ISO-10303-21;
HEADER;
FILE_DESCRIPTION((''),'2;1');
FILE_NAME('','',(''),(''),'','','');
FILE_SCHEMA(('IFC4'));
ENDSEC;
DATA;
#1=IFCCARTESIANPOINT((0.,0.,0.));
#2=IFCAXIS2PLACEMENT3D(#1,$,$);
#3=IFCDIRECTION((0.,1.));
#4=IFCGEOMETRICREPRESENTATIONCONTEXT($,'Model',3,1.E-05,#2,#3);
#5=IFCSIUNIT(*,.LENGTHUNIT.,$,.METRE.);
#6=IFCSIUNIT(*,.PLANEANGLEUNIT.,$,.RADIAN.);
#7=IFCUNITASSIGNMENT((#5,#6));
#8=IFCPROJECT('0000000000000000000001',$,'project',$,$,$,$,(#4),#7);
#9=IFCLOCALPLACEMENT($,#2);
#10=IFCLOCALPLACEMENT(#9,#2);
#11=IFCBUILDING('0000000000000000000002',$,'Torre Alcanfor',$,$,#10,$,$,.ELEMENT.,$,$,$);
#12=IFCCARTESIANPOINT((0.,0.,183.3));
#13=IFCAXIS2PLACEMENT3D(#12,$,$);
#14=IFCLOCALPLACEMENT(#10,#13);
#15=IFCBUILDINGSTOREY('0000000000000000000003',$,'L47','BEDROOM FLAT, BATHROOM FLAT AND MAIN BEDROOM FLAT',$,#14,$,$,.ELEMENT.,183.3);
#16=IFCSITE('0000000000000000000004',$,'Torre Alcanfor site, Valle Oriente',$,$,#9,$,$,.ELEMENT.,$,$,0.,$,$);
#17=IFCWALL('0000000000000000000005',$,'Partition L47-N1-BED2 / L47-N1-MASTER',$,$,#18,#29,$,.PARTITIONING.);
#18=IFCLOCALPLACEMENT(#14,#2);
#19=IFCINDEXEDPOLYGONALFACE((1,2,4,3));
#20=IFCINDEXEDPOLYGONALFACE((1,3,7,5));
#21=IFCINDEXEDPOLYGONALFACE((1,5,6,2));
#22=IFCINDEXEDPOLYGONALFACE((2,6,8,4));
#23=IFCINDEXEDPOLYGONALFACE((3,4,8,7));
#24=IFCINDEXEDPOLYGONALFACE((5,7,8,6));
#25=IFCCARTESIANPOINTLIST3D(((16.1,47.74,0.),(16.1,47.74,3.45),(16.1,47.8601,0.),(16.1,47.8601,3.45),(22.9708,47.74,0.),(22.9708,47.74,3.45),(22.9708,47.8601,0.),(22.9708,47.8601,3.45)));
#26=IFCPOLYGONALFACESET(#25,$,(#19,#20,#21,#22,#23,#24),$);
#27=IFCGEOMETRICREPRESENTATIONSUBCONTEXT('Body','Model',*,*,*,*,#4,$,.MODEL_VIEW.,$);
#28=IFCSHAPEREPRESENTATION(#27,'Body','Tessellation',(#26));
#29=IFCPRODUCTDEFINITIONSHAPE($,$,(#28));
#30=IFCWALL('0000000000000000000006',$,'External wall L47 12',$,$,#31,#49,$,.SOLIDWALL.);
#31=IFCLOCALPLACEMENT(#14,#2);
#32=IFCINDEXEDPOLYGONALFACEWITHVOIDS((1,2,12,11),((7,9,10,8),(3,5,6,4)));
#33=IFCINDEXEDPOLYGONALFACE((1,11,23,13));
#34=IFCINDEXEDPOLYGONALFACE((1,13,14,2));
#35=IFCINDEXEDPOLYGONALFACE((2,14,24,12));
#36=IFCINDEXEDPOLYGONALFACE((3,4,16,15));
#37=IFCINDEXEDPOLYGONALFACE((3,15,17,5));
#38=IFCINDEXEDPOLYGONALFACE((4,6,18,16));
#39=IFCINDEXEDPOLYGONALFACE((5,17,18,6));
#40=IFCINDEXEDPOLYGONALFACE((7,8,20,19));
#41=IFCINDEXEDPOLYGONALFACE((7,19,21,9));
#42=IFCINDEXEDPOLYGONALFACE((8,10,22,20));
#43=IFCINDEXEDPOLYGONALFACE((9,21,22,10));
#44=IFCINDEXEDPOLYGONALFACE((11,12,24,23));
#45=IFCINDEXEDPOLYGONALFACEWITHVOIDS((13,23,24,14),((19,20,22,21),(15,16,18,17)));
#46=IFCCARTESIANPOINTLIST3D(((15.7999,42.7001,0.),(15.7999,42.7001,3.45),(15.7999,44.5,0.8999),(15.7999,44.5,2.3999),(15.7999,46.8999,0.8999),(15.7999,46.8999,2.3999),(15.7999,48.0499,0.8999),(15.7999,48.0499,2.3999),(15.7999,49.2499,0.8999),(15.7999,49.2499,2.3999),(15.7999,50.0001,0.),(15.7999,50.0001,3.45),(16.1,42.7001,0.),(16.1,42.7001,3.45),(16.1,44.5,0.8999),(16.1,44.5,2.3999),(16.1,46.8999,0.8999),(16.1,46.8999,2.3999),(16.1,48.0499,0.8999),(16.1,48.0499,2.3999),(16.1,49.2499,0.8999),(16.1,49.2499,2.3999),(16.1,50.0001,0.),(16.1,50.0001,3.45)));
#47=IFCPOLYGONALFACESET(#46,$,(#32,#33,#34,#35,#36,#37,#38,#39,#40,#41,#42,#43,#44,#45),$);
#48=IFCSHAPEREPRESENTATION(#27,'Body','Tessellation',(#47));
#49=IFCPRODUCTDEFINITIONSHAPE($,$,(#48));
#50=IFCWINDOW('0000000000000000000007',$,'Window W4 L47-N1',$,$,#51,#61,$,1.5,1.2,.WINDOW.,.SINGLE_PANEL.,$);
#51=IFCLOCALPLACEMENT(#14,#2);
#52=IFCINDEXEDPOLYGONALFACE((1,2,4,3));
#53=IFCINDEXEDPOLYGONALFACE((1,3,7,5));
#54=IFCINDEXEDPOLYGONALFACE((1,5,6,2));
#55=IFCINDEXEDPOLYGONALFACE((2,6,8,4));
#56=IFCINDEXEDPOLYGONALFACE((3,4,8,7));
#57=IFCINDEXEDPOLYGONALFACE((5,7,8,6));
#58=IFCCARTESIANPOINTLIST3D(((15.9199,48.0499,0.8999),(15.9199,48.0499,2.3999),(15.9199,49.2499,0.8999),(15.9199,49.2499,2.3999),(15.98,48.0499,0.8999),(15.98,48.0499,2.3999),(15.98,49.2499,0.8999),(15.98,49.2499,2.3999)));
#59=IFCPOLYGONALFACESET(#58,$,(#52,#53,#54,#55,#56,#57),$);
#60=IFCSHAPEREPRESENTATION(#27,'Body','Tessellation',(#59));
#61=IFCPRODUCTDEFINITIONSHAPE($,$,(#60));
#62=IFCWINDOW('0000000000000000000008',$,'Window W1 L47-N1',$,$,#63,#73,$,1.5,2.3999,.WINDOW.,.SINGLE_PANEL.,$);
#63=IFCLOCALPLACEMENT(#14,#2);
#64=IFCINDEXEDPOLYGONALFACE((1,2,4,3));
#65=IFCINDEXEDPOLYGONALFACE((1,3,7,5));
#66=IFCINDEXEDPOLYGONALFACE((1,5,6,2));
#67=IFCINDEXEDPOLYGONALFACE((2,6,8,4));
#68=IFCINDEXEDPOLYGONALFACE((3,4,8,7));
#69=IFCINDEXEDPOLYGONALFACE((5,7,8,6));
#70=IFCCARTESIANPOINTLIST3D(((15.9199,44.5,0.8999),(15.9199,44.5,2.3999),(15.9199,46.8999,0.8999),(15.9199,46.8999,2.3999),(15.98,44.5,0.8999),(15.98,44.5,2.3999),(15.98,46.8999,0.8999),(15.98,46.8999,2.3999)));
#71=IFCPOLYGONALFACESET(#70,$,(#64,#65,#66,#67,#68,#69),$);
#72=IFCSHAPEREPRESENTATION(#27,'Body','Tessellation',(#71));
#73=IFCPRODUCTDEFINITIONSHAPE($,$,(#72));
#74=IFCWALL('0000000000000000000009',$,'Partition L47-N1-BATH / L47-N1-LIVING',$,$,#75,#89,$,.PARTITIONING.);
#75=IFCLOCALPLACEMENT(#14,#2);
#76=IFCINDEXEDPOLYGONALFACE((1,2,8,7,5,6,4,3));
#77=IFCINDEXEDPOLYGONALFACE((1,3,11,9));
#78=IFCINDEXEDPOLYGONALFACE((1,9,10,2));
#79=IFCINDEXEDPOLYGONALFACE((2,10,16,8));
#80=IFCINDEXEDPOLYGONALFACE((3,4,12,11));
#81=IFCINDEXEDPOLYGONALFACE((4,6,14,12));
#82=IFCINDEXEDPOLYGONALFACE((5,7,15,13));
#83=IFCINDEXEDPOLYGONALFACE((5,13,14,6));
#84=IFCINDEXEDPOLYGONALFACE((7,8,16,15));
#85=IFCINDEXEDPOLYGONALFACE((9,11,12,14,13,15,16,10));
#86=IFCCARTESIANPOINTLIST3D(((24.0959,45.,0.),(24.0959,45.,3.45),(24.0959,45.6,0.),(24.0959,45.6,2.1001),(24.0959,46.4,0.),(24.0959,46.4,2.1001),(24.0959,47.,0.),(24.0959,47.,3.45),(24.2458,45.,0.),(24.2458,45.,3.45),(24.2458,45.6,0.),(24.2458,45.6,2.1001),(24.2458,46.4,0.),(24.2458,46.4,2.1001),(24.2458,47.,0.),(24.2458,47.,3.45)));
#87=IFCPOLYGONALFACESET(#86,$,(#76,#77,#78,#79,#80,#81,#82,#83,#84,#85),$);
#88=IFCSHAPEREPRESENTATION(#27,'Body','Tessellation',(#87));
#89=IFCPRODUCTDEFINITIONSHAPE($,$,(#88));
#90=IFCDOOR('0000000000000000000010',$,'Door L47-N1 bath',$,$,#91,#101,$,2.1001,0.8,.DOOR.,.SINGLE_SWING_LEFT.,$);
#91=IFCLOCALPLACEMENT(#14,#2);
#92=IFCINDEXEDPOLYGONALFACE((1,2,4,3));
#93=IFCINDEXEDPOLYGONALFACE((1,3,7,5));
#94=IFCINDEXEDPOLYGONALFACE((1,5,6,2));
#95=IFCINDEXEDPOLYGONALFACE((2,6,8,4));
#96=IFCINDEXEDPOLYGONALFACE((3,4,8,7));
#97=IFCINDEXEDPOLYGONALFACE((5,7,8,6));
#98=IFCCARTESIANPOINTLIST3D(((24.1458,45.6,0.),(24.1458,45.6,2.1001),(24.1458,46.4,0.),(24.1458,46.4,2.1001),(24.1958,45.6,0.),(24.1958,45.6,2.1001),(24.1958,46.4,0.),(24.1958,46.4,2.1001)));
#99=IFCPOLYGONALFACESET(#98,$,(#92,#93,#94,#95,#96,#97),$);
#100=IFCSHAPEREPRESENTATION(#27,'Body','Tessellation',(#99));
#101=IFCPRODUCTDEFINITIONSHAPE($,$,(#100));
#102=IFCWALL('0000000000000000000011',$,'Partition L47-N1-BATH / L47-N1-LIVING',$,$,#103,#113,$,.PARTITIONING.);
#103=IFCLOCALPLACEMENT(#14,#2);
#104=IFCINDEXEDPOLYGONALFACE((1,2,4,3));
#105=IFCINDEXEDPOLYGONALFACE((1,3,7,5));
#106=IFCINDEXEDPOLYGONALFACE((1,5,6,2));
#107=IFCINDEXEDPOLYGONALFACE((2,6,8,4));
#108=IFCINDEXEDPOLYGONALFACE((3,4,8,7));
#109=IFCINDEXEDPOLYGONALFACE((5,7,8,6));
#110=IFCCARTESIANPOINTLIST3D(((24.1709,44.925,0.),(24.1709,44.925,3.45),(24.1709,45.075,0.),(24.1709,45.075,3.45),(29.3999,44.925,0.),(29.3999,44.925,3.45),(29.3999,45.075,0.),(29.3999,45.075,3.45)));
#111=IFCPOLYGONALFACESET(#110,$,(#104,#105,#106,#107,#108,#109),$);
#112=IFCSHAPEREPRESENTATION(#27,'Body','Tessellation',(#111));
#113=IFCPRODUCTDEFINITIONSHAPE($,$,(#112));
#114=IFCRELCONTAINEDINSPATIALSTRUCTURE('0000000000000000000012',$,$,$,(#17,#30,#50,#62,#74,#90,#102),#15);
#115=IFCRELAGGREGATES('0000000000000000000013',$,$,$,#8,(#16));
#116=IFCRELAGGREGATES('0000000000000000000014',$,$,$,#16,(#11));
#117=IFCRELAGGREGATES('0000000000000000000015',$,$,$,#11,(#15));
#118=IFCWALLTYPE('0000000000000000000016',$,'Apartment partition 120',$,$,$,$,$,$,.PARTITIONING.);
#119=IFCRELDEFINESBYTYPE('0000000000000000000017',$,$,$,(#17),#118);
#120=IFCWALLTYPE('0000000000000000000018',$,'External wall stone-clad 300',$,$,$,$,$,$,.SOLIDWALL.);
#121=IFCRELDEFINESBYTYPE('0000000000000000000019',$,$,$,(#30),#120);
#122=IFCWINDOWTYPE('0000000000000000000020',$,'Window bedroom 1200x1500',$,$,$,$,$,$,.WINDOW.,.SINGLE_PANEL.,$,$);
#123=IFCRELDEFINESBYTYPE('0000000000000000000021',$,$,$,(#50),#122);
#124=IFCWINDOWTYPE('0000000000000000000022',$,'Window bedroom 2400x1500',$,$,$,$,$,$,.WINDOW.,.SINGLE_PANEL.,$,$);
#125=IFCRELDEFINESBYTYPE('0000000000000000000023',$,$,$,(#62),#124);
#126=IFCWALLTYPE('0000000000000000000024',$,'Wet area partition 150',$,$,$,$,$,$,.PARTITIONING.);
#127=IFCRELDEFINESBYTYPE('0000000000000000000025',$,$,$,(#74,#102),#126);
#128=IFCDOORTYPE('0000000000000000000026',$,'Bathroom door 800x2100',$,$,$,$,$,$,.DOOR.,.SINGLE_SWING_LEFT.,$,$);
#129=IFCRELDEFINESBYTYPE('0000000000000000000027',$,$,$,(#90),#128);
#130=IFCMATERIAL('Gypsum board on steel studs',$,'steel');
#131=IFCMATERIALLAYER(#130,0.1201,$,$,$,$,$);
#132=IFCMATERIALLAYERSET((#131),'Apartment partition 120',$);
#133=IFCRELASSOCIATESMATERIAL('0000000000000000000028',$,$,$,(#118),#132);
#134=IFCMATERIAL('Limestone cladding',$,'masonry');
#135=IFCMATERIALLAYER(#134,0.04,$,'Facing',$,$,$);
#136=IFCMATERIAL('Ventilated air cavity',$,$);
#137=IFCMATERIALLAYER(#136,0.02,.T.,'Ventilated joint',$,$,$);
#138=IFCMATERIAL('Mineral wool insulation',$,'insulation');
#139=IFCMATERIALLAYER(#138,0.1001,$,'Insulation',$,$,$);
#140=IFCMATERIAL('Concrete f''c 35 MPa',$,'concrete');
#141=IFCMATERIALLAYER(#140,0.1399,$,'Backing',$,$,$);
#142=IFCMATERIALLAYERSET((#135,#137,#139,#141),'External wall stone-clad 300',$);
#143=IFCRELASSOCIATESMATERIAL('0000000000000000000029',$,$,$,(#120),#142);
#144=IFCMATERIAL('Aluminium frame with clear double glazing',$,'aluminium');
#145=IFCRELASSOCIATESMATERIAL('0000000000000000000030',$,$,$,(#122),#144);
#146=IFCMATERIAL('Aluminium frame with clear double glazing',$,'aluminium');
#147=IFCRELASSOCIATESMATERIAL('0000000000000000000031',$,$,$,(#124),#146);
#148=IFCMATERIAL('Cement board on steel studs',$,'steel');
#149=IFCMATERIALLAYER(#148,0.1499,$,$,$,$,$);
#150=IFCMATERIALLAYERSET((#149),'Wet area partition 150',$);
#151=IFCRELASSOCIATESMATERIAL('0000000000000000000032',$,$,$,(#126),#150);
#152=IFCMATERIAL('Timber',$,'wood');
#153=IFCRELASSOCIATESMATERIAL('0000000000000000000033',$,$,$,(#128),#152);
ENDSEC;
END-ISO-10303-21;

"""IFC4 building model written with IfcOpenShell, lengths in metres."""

from ifc_helpers import new_model, si_unit, direction, frame, frame_2d, origin, place, context, subcontext, project, spatial, rectangle, extrude, material, layer, layer_set, type_object, element, fill, save


model = new_model("IFC4")

# Units and contexts
model_context = context("Model", 3, precision=1e-05, world=origin(), true_north=direction((0.0, 1.0)))
body_context = subcontext(model_context, "Body", "Model", "MODEL_VIEW")
ifc_project = project(units=[si_unit("LENGTHUNIT", "METRE"), si_unit("PLANEANGLEUNIT", "RADIAN")], contexts=[model_context])

# Site, building, storey
site_placement = place(None, origin())
site = spatial("IfcSite", under=ifc_project, at=site_placement, Name="Torre Alcanfor site, Valle Oriente", CompositionType="ELEMENT", RefElevation=0.0)
building_placement = place(site_placement, origin())
building = spatial("IfcBuilding", under=site, at=building_placement, Name="Torre Alcanfor", CompositionType="ELEMENT")
storey_placement = place(building_placement, frame((0.0, 0.0, 183.3)))
storey = spatial("IfcBuildingStorey", under=building, at=storey_placement, Name="L47", Description="BEDROOM FLAT, BATHROOM FLAT AND MAIN BEDROOM FLAT", CompositionType="ELEMENT", Elevation=183.3)

# Shared definitions
ifc_material_1 = material(Name="Gypsum board on steel studs", Category="steel")
ifc_layer_1 = layer(ifc_material_1, 0.1201)
ifc_layer_set_1 = layer_set([ifc_layer_1], Name="Apartment partition 120")
wall_type_1 = type_object("IfcWallType", Name="Apartment partition 120", PredefinedType="PARTITIONING", material=ifc_layer_set_1)

# Wall
wall_1_placement = place(storey_placement, frame((22.9709, 47.8, 0.0), z_axis=(0.0, 0.0, 1.0), x_axis=(-1.0, 0.0, 0.0)))
element("IfcWall", 1, at=wall_1_placement, inside=storey, type_object=wall_type_1, Name="Partition L47-N1-BED2 / L47-N1-MASTER", PredefinedType="PARTITIONING", context=body_context, shape_type="SweptSolid", body=[
    extrude(rectangle(XDim=6.8708, YDim=0.1201, at=frame_2d((3.4355, 0.0))), origin(), (0.0, 0.0, 1.0), 3.45),
])

# Wall, openings, windows
ifc_material_2 = material(Name="Limestone cladding", Category="masonry")
ifc_layer_2 = layer(ifc_material_2, 0.04, Name="Facing")
ifc_material_3 = material(Name="Ventilated air cavity")
ifc_layer_3 = layer(ifc_material_3, 0.02, ventilated=True, Name="Ventilated joint")
ifc_material_4 = material(Name="Mineral wool insulation", Category="insulation")
ifc_layer_4 = layer(ifc_material_4, 0.1001, Name="Insulation")
ifc_material_5 = material(Name="Concrete f'c 35 MPa", Category="concrete")
ifc_layer_5 = layer(ifc_material_5, 0.1399, Name="Backing")
ifc_layer_set_2 = layer_set([ifc_layer_2, ifc_layer_3, ifc_layer_4, ifc_layer_5], Name="External wall stone-clad 300")
wall_type_2 = type_object("IfcWallType", Name="External wall stone-clad 300", PredefinedType="SOLIDWALL", material=ifc_layer_set_2)
wall_2_placement = place(storey_placement, frame((15.95, 50.0, 0.0), z_axis=(0.0, 0.0, 1.0), x_axis=(0.0, -1.0, 0.0)))
wall_2 = element("IfcWall", 2, at=wall_2_placement, inside=storey, type_object=wall_type_2, Name="External wall L47 12", PredefinedType="SOLIDWALL", context=body_context, shape_type="SweptSolid", body=[
    extrude(rectangle(XDim=7.3, YDim=0.3, at=frame_2d((3.6499, 0.0))), origin(), (0.0, 0.0, 1.0), 3.45),
])
opening_1_placement = place(wall_2_placement, frame((3.1001, 0.0, 0.8999)))
opening_1 = element("IfcOpeningElement", 3, at=opening_1_placement, cuts=wall_2, PredefinedType="OPENING", context=body_context, shape_type="SweptSolid", body=[
    extrude(rectangle(XDim=2.3999, YDim=1.5, at=frame_2d((1.2, 0.75))), frame((0.0, 0.1599, 0.0), z_axis=(0.0, -1.0, 0.0), x_axis=(1.0, 0.0, 0.0)), (0.0, 0.0, 1.0), 0.3201),
])
opening_2_placement = place(wall_2_placement, frame((0.75, 0.0, 0.8999)))
opening_2 = element("IfcOpeningElement", 4, at=opening_2_placement, cuts=wall_2, PredefinedType="OPENING", context=body_context, shape_type="SweptSolid", body=[
    extrude(rectangle(XDim=1.2, YDim=1.5, at=frame_2d((0.6001, 0.75))), frame((0.0, 0.1599, 0.0), z_axis=(0.0, -1.0, 0.0), x_axis=(1.0, 0.0, 0.0)), (0.0, 0.0, 1.0), 0.3201),
])
ifc_material_6 = material(Name="Aluminium frame with clear double glazing", Category="aluminium")
window_type_1 = type_object("IfcWindowType", Name="Window bedroom 1200x1500", PartitioningType="SINGLE_PANEL", PredefinedType="WINDOW", material=ifc_material_6)
window_1_placement = place(opening_2_placement, origin())
window_1 = element("IfcWindow", 5, at=window_1_placement, inside=storey, type_object=window_type_1, Name="Window W4 L47-N1", OverallHeight=1.5, OverallWidth=1.2, PartitioningType="SINGLE_PANEL", PredefinedType="WINDOW", context=body_context, shape_type="SweptSolid", body=[
    extrude(rectangle(XDim=1.2, YDim=1.5, at=frame_2d((0.6001, 0.75))), frame((0.0, 0.03, 0.0), z_axis=(0.0, -1.0, 0.0), x_axis=(1.0, 0.0, 0.0)), (0.0, 0.0, 1.0), 0.0601),
])
fill(opening_2, window_1)
ifc_material_7 = material(Name="Aluminium frame with clear double glazing", Category="aluminium")
window_type_2 = type_object("IfcWindowType", Name="Window bedroom 2400x1500", PartitioningType="SINGLE_PANEL", PredefinedType="WINDOW", material=ifc_material_7)
window_2_placement = place(opening_1_placement, origin())
window_2 = element("IfcWindow", 6, at=window_2_placement, inside=storey, type_object=window_type_2, Name="Window W1 L47-N1", OverallHeight=1.5, OverallWidth=2.3999, PartitioningType="SINGLE_PANEL", PredefinedType="WINDOW", context=body_context, shape_type="SweptSolid", body=[
    extrude(rectangle(XDim=2.3999, YDim=1.5, at=frame_2d((1.2, 0.75))), frame((0.0, 0.03, 0.0), z_axis=(0.0, -1.0, 0.0), x_axis=(1.0, 0.0, 0.0)), (0.0, 0.0, 1.0), 0.0601),
])
fill(opening_1, window_2)

# Wall, opening, door
ifc_material_8 = material(Name="Cement board on steel studs", Category="steel")
ifc_layer_6 = layer(ifc_material_8, 0.1499)
ifc_layer_set_3 = layer_set([ifc_layer_6], Name="Wet area partition 150")
wall_type_3 = type_object("IfcWallType", Name="Wet area partition 150", PredefinedType="PARTITIONING", material=ifc_layer_set_3)
wall_3_placement = place(storey_placement, frame((24.1709, 47.0, 0.0), z_axis=(0.0, 0.0, 1.0), x_axis=(0.0, -1.0, 0.0)))
wall_3 = element("IfcWall", 7, at=wall_3_placement, inside=storey, type_object=wall_type_3, Name="Partition L47-N1-BATH / L47-N1-LIVING", PredefinedType="PARTITIONING", context=body_context, shape_type="SweptSolid", body=[
    extrude(rectangle(XDim=2.0, YDim=0.1499, at=frame_2d((1.0, 0.0))), origin(), (0.0, 0.0, 1.0), 3.45),
])
opening_3_placement = place(wall_3_placement, frame((0.6001, 0.0, 0.0)))
opening_3 = element("IfcOpeningElement", 8, at=opening_3_placement, cuts=wall_3, PredefinedType="OPENING", context=body_context, shape_type="SweptSolid", body=[
    extrude(rectangle(XDim=0.8, YDim=2.1001, at=frame_2d((0.3999, 1.05))), frame((0.0, 0.085, 0.0), z_axis=(0.0, -1.0, 0.0), x_axis=(1.0, 0.0, 0.0)), (0.0, 0.0, 1.0), 0.1699),
])
ifc_material_9 = material(Name="Timber", Category="wood")
door_type_1 = type_object("IfcDoorType", Name="Bathroom door 800x2100", OperationType="SINGLE_SWING_LEFT", PredefinedType="DOOR", material=ifc_material_9)
door_1_placement = place(opening_3_placement, origin())
door_1 = element("IfcDoor", 9, at=door_1_placement, inside=storey, type_object=door_type_1, Name="Door L47-N1 bath", OperationType="SINGLE_SWING_LEFT", OverallHeight=2.1001, OverallWidth=0.8, PredefinedType="DOOR", context=body_context, shape_type="SweptSolid", body=[
    extrude(rectangle(XDim=0.8, YDim=2.1001, at=frame_2d((0.3999, 1.05))), frame((0.0, 0.0249, 0.0), z_axis=(0.0, -1.0, 0.0), x_axis=(1.0, 0.0, 0.0)), (0.0, 0.0, 1.0), 0.05),
])
fill(opening_3, door_1)

# Wall
wall_4_placement = place(storey_placement, frame((24.1709, 45.0, 0.0), z_axis=(0.0, 0.0, 1.0), x_axis=(1.0, 0.0, 0.0)))
element("IfcWall", 10, at=wall_4_placement, inside=storey, type_object=wall_type_3, Name="Partition L47-N1-BATH / L47-N1-LIVING", PredefinedType="PARTITIONING", context=body_context, shape_type="SweptSolid", body=[
    extrude(rectangle(XDim=5.229, YDim=0.1499, at=frame_2d((2.6145, 0.0))), origin(), (0.0, 0.0, 1.0), 3.45),
])

save(model, "model.ifc")
